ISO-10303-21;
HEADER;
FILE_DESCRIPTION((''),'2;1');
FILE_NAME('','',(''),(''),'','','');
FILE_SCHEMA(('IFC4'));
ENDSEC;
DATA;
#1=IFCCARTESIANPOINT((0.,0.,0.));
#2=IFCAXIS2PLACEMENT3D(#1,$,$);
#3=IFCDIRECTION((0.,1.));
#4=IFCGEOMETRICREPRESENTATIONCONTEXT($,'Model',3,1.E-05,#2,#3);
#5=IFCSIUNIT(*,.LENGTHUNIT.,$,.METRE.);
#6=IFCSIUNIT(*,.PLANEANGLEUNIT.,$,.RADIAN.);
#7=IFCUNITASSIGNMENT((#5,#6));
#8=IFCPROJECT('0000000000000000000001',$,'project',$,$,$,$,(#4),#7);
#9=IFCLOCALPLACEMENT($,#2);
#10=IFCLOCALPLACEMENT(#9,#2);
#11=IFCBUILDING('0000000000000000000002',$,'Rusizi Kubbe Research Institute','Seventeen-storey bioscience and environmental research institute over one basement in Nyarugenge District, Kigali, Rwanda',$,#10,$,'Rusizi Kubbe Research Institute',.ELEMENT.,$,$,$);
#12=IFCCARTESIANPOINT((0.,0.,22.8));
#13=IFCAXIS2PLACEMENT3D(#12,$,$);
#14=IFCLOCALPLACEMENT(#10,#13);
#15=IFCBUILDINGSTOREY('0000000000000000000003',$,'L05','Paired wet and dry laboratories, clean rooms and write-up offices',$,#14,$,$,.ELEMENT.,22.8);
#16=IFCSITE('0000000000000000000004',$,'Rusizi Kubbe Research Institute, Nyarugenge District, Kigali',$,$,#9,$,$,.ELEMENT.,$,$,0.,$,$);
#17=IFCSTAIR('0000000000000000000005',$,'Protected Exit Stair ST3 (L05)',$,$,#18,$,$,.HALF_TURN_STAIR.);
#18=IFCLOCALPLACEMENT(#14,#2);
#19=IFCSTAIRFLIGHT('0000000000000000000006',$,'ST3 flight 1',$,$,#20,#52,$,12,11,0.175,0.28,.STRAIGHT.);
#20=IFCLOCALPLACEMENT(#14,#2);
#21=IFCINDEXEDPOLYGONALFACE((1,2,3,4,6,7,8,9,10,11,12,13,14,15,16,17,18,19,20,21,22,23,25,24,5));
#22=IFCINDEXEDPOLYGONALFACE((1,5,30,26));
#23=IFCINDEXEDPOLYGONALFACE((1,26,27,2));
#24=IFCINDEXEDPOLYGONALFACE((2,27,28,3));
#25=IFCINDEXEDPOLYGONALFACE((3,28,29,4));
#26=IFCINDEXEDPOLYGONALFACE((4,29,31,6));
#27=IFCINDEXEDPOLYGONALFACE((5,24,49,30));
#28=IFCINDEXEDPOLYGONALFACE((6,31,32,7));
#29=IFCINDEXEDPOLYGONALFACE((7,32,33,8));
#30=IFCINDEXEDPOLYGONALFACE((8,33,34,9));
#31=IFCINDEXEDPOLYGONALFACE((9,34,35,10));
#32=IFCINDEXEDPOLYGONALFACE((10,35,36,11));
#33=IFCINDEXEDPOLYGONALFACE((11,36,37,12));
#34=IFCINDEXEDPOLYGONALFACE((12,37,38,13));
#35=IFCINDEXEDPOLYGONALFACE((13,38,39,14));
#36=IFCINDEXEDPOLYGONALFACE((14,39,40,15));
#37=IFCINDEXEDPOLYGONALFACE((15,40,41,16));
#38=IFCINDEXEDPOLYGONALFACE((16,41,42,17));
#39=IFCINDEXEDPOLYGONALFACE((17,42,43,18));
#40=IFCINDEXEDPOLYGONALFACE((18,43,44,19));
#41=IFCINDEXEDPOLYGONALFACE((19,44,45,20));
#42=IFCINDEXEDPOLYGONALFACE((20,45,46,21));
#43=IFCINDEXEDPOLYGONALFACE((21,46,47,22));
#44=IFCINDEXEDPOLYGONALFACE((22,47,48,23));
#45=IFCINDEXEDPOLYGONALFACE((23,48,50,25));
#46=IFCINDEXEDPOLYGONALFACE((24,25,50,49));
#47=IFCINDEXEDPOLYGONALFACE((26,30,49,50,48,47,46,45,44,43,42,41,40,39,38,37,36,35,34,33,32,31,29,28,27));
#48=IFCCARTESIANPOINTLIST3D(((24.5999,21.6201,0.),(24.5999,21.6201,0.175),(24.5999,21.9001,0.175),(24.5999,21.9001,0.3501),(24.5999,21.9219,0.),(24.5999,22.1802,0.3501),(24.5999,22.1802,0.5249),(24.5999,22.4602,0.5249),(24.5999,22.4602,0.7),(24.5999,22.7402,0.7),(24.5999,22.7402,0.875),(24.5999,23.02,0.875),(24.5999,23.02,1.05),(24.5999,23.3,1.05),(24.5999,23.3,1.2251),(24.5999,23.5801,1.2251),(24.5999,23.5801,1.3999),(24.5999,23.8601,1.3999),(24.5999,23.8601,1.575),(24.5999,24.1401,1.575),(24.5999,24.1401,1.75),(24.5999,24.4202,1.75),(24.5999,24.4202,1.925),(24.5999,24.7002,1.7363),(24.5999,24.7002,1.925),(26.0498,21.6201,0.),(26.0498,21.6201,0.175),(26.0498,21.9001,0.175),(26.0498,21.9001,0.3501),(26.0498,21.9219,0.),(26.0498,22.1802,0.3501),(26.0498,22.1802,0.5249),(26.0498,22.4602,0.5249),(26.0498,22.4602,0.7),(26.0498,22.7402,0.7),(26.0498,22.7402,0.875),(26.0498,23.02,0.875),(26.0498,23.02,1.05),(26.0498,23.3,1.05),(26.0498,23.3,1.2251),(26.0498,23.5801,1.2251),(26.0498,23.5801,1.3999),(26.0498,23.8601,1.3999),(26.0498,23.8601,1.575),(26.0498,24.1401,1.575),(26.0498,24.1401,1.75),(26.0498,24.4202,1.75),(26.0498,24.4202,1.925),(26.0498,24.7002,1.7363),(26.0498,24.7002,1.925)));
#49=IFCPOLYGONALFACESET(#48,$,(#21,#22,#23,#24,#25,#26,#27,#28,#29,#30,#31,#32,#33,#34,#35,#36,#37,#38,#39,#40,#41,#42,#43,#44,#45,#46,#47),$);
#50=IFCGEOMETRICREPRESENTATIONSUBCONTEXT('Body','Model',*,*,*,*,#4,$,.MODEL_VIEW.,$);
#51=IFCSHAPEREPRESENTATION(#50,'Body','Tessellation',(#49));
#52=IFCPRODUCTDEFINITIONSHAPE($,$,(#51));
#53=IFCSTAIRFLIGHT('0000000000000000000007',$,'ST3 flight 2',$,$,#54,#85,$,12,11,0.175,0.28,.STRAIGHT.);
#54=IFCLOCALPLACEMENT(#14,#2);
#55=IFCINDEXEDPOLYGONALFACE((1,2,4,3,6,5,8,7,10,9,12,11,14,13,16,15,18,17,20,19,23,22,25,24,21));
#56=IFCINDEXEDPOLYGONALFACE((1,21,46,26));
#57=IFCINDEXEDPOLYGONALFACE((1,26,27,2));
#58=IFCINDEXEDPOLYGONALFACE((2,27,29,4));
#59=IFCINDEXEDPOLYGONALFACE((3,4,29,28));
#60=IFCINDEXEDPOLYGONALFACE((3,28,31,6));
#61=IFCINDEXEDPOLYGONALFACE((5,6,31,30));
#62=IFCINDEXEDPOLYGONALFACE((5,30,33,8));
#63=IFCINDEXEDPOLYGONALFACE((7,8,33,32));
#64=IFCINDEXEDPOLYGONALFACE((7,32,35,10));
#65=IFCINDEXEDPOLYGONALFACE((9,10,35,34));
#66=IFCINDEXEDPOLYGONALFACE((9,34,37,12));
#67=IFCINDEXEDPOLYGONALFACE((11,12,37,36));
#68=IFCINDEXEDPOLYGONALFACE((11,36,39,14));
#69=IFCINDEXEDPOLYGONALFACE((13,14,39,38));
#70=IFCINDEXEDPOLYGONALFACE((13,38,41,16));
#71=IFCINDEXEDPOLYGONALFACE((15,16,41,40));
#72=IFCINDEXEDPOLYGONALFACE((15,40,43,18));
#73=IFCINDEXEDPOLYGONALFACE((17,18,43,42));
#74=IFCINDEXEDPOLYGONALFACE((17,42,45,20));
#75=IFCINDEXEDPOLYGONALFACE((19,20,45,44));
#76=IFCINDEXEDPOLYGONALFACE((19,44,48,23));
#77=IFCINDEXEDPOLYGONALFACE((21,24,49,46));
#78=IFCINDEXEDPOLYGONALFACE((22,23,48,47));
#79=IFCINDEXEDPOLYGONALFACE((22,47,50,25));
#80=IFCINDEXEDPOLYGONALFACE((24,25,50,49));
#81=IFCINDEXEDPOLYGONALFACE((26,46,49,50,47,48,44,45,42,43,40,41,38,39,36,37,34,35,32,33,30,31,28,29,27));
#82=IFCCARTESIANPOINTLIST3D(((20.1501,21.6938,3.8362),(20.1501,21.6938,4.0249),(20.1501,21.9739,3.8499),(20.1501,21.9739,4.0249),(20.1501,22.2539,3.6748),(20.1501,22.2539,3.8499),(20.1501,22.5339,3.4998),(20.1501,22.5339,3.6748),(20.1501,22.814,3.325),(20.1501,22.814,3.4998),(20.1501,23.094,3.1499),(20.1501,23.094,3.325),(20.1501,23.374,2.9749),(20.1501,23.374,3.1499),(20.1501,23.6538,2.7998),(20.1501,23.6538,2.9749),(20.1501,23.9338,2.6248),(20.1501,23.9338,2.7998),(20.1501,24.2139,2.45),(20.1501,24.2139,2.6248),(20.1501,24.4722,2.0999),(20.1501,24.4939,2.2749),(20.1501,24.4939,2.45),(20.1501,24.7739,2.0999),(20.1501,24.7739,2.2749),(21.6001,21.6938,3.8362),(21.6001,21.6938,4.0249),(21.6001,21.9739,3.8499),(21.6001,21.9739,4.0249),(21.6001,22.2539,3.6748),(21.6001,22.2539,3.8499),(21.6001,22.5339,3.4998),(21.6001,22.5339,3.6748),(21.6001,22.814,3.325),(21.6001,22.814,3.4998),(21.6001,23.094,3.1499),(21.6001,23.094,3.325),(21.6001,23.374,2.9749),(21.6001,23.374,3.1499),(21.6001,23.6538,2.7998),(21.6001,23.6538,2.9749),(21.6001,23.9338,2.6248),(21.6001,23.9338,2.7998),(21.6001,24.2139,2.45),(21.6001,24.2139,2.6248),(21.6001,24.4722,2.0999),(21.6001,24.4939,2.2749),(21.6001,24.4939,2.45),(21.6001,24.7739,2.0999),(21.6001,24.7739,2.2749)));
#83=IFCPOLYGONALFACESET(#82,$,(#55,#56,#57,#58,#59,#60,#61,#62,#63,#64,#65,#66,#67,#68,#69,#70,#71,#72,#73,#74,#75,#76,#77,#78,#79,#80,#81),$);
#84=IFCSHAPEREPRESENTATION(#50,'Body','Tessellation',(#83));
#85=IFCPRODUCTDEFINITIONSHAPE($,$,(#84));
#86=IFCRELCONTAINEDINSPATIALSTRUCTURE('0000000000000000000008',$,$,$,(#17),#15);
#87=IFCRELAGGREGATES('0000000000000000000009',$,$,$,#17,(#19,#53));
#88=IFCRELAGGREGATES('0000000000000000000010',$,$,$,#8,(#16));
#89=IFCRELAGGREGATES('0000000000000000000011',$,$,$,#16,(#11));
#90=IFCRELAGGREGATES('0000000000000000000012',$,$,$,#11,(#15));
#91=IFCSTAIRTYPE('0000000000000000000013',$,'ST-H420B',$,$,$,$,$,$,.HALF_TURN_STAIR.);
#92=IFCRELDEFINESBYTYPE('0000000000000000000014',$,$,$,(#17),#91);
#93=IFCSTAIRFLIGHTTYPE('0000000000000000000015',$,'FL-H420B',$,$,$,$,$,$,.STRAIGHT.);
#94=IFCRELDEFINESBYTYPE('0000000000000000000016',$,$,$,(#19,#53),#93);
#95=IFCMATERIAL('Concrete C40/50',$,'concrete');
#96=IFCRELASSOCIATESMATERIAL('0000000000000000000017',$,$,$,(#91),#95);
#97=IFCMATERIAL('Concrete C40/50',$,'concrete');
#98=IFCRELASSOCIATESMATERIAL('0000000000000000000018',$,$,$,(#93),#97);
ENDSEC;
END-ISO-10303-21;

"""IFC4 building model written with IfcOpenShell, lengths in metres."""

from ifc_helpers import new_model, si_unit, direction, frame, origin, place, context, subcontext, project, spatial, polyline, outline, extrude, material, type_object, element, aggregate, save


model = new_model("IFC4")

# Units and contexts
model_context = context("Model", 3, precision=1e-05, world=origin(), true_north=direction((0.0, 1.0)))
body_context = subcontext(model_context, "Body", "Model", "MODEL_VIEW")
ifc_project = project(units=[si_unit("LENGTHUNIT", "METRE"), si_unit("PLANEANGLEUNIT", "RADIAN")], contexts=[model_context])

# Site, building, storey
site_placement = place(None, origin())
site = spatial("IfcSite", under=ifc_project, at=site_placement, Name="Rusizi Kubbe Research Institute, Nyarugenge District, Kigali", CompositionType="ELEMENT", RefElevation=0.0)
building_placement = place(site_placement, origin())
building = spatial("IfcBuilding", under=site, at=building_placement, Name="Rusizi Kubbe Research Institute", Description="Seventeen-storey bioscience and environmental research institute over one basement in Nyarugenge District, Kigali, Rwanda", LongName="Rusizi Kubbe Research Institute", CompositionType="ELEMENT")
storey_placement = place(building_placement, frame((0.0, 0.0, 22.8)))
storey = spatial("IfcBuildingStorey", under=building, at=storey_placement, Name="L05", Description="Paired wet and dry laboratories, clean rooms and write-up offices", CompositionType="ELEMENT", Elevation=22.8)

# Stair, stair flights
ifc_material_1 = material(Name="Concrete C40/50", Category="concrete")
stair_type = type_object("IfcStairType", Name="ST-H420B", PredefinedType="HALF_TURN_STAIR", material=ifc_material_1)
stair_placement = place(storey_placement, origin())
stair = element("IfcStair", 1, at=stair_placement, inside=storey, type_object=stair_type, Name="Protected Exit Stair ST3 (L05)", PredefinedType="HALF_TURN_STAIR")
ifc_material_2 = material(Name="Concrete C40/50", Category="concrete")
stair_flight_type = type_object("IfcStairFlightType", Name="FL-H420B", PredefinedType="STRAIGHT", material=ifc_material_2)
stair_flight_1_placement = place(storey_placement, frame((25.325, 21.6201, 0.0), z_axis=(0.0, 0.0, 1.0), x_axis=(0.0, 1.0, 0.0)))
stair_flight_1 = element("IfcStairFlight", 2, at=stair_flight_1_placement, type_object=stair_flight_type, Name="ST3 flight 1", NumberOfRisers=12, NumberOfTreads=11, PredefinedType="STRAIGHT", RiserHeight=0.175, TreadLength=0.28, context=body_context, shape_type="SweptSolid", body=[
    extrude(outline(polyline([(0.0, 0.0), (0.0, 0.175), (0.28, 0.175), (0.28, 0.3501), (0.5601, 0.3501), (0.5601, 0.5249), (0.8401, 0.5249), (0.8401, 0.7), (1.1201, 0.7), (1.1201, 0.875), (1.3999, 0.875), (1.3999, 1.05), (1.6799, 1.05), (1.6799, 1.2251), (1.96, 1.2251), (1.96, 1.3999), (2.24, 1.3999), (2.24, 1.575), (2.52, 1.575), (2.52, 1.75), (2.8, 1.75), (2.8, 1.925), (3.0801, 1.925), (3.0801, 2.1001), (3.0801, 1.7363), (0.3018, 0.0), (0.0, 0.0)])), frame((0.0, 0.7251, 0.0), z_axis=(0.0, -1.0, 0.0), x_axis=(1.0, 0.0, 0.0)), (0.0, 0.0, 1.0), 1.45),
])
stair_flight_2_placement = place(storey_placement, frame((20.875, 24.7739, 2.0999), z_axis=(0.0, 0.0, 1.0), x_axis=(0.0, -1.0, 0.0)))
stair_flight_2 = element("IfcStairFlight", 3, at=stair_flight_2_placement, type_object=stair_flight_type, Name="ST3 flight 2", NumberOfRisers=12, NumberOfTreads=11, PredefinedType="STRAIGHT", RiserHeight=0.175, TreadLength=0.28, context=body_context, shape_type="SweptSolid", body=[
    extrude(outline(polyline([(0.0, 0.0), (0.0, 0.175), (0.28, 0.175), (0.28, 0.3501), (0.5601, 0.3501), (0.5601, 0.5249), (0.8401, 0.5249), (0.8401, 0.7), (1.1201, 0.7), (1.1201, 0.875), (1.3999, 0.875), (1.3999, 1.05), (1.6799, 1.05), (1.6799, 1.2251), (1.96, 1.2251), (1.96, 1.3999), (2.24, 1.3999), (2.24, 1.575), (2.52, 1.575), (2.52, 1.75), (2.8, 1.75), (2.8, 1.925), (3.0801, 1.925), (3.0801, 2.1001), (3.0801, 1.7363), (0.3018, 0.0), (0.0, 0.0)])), frame((0.0, 0.7251, 0.0), z_axis=(0.0, -1.0, 0.0), x_axis=(1.0, 0.0, 0.0)), (0.0, 0.0, 1.0), 1.45),
])
aggregate(stair, [stair_flight_1, stair_flight_2])

save(model, "model.ifc")
